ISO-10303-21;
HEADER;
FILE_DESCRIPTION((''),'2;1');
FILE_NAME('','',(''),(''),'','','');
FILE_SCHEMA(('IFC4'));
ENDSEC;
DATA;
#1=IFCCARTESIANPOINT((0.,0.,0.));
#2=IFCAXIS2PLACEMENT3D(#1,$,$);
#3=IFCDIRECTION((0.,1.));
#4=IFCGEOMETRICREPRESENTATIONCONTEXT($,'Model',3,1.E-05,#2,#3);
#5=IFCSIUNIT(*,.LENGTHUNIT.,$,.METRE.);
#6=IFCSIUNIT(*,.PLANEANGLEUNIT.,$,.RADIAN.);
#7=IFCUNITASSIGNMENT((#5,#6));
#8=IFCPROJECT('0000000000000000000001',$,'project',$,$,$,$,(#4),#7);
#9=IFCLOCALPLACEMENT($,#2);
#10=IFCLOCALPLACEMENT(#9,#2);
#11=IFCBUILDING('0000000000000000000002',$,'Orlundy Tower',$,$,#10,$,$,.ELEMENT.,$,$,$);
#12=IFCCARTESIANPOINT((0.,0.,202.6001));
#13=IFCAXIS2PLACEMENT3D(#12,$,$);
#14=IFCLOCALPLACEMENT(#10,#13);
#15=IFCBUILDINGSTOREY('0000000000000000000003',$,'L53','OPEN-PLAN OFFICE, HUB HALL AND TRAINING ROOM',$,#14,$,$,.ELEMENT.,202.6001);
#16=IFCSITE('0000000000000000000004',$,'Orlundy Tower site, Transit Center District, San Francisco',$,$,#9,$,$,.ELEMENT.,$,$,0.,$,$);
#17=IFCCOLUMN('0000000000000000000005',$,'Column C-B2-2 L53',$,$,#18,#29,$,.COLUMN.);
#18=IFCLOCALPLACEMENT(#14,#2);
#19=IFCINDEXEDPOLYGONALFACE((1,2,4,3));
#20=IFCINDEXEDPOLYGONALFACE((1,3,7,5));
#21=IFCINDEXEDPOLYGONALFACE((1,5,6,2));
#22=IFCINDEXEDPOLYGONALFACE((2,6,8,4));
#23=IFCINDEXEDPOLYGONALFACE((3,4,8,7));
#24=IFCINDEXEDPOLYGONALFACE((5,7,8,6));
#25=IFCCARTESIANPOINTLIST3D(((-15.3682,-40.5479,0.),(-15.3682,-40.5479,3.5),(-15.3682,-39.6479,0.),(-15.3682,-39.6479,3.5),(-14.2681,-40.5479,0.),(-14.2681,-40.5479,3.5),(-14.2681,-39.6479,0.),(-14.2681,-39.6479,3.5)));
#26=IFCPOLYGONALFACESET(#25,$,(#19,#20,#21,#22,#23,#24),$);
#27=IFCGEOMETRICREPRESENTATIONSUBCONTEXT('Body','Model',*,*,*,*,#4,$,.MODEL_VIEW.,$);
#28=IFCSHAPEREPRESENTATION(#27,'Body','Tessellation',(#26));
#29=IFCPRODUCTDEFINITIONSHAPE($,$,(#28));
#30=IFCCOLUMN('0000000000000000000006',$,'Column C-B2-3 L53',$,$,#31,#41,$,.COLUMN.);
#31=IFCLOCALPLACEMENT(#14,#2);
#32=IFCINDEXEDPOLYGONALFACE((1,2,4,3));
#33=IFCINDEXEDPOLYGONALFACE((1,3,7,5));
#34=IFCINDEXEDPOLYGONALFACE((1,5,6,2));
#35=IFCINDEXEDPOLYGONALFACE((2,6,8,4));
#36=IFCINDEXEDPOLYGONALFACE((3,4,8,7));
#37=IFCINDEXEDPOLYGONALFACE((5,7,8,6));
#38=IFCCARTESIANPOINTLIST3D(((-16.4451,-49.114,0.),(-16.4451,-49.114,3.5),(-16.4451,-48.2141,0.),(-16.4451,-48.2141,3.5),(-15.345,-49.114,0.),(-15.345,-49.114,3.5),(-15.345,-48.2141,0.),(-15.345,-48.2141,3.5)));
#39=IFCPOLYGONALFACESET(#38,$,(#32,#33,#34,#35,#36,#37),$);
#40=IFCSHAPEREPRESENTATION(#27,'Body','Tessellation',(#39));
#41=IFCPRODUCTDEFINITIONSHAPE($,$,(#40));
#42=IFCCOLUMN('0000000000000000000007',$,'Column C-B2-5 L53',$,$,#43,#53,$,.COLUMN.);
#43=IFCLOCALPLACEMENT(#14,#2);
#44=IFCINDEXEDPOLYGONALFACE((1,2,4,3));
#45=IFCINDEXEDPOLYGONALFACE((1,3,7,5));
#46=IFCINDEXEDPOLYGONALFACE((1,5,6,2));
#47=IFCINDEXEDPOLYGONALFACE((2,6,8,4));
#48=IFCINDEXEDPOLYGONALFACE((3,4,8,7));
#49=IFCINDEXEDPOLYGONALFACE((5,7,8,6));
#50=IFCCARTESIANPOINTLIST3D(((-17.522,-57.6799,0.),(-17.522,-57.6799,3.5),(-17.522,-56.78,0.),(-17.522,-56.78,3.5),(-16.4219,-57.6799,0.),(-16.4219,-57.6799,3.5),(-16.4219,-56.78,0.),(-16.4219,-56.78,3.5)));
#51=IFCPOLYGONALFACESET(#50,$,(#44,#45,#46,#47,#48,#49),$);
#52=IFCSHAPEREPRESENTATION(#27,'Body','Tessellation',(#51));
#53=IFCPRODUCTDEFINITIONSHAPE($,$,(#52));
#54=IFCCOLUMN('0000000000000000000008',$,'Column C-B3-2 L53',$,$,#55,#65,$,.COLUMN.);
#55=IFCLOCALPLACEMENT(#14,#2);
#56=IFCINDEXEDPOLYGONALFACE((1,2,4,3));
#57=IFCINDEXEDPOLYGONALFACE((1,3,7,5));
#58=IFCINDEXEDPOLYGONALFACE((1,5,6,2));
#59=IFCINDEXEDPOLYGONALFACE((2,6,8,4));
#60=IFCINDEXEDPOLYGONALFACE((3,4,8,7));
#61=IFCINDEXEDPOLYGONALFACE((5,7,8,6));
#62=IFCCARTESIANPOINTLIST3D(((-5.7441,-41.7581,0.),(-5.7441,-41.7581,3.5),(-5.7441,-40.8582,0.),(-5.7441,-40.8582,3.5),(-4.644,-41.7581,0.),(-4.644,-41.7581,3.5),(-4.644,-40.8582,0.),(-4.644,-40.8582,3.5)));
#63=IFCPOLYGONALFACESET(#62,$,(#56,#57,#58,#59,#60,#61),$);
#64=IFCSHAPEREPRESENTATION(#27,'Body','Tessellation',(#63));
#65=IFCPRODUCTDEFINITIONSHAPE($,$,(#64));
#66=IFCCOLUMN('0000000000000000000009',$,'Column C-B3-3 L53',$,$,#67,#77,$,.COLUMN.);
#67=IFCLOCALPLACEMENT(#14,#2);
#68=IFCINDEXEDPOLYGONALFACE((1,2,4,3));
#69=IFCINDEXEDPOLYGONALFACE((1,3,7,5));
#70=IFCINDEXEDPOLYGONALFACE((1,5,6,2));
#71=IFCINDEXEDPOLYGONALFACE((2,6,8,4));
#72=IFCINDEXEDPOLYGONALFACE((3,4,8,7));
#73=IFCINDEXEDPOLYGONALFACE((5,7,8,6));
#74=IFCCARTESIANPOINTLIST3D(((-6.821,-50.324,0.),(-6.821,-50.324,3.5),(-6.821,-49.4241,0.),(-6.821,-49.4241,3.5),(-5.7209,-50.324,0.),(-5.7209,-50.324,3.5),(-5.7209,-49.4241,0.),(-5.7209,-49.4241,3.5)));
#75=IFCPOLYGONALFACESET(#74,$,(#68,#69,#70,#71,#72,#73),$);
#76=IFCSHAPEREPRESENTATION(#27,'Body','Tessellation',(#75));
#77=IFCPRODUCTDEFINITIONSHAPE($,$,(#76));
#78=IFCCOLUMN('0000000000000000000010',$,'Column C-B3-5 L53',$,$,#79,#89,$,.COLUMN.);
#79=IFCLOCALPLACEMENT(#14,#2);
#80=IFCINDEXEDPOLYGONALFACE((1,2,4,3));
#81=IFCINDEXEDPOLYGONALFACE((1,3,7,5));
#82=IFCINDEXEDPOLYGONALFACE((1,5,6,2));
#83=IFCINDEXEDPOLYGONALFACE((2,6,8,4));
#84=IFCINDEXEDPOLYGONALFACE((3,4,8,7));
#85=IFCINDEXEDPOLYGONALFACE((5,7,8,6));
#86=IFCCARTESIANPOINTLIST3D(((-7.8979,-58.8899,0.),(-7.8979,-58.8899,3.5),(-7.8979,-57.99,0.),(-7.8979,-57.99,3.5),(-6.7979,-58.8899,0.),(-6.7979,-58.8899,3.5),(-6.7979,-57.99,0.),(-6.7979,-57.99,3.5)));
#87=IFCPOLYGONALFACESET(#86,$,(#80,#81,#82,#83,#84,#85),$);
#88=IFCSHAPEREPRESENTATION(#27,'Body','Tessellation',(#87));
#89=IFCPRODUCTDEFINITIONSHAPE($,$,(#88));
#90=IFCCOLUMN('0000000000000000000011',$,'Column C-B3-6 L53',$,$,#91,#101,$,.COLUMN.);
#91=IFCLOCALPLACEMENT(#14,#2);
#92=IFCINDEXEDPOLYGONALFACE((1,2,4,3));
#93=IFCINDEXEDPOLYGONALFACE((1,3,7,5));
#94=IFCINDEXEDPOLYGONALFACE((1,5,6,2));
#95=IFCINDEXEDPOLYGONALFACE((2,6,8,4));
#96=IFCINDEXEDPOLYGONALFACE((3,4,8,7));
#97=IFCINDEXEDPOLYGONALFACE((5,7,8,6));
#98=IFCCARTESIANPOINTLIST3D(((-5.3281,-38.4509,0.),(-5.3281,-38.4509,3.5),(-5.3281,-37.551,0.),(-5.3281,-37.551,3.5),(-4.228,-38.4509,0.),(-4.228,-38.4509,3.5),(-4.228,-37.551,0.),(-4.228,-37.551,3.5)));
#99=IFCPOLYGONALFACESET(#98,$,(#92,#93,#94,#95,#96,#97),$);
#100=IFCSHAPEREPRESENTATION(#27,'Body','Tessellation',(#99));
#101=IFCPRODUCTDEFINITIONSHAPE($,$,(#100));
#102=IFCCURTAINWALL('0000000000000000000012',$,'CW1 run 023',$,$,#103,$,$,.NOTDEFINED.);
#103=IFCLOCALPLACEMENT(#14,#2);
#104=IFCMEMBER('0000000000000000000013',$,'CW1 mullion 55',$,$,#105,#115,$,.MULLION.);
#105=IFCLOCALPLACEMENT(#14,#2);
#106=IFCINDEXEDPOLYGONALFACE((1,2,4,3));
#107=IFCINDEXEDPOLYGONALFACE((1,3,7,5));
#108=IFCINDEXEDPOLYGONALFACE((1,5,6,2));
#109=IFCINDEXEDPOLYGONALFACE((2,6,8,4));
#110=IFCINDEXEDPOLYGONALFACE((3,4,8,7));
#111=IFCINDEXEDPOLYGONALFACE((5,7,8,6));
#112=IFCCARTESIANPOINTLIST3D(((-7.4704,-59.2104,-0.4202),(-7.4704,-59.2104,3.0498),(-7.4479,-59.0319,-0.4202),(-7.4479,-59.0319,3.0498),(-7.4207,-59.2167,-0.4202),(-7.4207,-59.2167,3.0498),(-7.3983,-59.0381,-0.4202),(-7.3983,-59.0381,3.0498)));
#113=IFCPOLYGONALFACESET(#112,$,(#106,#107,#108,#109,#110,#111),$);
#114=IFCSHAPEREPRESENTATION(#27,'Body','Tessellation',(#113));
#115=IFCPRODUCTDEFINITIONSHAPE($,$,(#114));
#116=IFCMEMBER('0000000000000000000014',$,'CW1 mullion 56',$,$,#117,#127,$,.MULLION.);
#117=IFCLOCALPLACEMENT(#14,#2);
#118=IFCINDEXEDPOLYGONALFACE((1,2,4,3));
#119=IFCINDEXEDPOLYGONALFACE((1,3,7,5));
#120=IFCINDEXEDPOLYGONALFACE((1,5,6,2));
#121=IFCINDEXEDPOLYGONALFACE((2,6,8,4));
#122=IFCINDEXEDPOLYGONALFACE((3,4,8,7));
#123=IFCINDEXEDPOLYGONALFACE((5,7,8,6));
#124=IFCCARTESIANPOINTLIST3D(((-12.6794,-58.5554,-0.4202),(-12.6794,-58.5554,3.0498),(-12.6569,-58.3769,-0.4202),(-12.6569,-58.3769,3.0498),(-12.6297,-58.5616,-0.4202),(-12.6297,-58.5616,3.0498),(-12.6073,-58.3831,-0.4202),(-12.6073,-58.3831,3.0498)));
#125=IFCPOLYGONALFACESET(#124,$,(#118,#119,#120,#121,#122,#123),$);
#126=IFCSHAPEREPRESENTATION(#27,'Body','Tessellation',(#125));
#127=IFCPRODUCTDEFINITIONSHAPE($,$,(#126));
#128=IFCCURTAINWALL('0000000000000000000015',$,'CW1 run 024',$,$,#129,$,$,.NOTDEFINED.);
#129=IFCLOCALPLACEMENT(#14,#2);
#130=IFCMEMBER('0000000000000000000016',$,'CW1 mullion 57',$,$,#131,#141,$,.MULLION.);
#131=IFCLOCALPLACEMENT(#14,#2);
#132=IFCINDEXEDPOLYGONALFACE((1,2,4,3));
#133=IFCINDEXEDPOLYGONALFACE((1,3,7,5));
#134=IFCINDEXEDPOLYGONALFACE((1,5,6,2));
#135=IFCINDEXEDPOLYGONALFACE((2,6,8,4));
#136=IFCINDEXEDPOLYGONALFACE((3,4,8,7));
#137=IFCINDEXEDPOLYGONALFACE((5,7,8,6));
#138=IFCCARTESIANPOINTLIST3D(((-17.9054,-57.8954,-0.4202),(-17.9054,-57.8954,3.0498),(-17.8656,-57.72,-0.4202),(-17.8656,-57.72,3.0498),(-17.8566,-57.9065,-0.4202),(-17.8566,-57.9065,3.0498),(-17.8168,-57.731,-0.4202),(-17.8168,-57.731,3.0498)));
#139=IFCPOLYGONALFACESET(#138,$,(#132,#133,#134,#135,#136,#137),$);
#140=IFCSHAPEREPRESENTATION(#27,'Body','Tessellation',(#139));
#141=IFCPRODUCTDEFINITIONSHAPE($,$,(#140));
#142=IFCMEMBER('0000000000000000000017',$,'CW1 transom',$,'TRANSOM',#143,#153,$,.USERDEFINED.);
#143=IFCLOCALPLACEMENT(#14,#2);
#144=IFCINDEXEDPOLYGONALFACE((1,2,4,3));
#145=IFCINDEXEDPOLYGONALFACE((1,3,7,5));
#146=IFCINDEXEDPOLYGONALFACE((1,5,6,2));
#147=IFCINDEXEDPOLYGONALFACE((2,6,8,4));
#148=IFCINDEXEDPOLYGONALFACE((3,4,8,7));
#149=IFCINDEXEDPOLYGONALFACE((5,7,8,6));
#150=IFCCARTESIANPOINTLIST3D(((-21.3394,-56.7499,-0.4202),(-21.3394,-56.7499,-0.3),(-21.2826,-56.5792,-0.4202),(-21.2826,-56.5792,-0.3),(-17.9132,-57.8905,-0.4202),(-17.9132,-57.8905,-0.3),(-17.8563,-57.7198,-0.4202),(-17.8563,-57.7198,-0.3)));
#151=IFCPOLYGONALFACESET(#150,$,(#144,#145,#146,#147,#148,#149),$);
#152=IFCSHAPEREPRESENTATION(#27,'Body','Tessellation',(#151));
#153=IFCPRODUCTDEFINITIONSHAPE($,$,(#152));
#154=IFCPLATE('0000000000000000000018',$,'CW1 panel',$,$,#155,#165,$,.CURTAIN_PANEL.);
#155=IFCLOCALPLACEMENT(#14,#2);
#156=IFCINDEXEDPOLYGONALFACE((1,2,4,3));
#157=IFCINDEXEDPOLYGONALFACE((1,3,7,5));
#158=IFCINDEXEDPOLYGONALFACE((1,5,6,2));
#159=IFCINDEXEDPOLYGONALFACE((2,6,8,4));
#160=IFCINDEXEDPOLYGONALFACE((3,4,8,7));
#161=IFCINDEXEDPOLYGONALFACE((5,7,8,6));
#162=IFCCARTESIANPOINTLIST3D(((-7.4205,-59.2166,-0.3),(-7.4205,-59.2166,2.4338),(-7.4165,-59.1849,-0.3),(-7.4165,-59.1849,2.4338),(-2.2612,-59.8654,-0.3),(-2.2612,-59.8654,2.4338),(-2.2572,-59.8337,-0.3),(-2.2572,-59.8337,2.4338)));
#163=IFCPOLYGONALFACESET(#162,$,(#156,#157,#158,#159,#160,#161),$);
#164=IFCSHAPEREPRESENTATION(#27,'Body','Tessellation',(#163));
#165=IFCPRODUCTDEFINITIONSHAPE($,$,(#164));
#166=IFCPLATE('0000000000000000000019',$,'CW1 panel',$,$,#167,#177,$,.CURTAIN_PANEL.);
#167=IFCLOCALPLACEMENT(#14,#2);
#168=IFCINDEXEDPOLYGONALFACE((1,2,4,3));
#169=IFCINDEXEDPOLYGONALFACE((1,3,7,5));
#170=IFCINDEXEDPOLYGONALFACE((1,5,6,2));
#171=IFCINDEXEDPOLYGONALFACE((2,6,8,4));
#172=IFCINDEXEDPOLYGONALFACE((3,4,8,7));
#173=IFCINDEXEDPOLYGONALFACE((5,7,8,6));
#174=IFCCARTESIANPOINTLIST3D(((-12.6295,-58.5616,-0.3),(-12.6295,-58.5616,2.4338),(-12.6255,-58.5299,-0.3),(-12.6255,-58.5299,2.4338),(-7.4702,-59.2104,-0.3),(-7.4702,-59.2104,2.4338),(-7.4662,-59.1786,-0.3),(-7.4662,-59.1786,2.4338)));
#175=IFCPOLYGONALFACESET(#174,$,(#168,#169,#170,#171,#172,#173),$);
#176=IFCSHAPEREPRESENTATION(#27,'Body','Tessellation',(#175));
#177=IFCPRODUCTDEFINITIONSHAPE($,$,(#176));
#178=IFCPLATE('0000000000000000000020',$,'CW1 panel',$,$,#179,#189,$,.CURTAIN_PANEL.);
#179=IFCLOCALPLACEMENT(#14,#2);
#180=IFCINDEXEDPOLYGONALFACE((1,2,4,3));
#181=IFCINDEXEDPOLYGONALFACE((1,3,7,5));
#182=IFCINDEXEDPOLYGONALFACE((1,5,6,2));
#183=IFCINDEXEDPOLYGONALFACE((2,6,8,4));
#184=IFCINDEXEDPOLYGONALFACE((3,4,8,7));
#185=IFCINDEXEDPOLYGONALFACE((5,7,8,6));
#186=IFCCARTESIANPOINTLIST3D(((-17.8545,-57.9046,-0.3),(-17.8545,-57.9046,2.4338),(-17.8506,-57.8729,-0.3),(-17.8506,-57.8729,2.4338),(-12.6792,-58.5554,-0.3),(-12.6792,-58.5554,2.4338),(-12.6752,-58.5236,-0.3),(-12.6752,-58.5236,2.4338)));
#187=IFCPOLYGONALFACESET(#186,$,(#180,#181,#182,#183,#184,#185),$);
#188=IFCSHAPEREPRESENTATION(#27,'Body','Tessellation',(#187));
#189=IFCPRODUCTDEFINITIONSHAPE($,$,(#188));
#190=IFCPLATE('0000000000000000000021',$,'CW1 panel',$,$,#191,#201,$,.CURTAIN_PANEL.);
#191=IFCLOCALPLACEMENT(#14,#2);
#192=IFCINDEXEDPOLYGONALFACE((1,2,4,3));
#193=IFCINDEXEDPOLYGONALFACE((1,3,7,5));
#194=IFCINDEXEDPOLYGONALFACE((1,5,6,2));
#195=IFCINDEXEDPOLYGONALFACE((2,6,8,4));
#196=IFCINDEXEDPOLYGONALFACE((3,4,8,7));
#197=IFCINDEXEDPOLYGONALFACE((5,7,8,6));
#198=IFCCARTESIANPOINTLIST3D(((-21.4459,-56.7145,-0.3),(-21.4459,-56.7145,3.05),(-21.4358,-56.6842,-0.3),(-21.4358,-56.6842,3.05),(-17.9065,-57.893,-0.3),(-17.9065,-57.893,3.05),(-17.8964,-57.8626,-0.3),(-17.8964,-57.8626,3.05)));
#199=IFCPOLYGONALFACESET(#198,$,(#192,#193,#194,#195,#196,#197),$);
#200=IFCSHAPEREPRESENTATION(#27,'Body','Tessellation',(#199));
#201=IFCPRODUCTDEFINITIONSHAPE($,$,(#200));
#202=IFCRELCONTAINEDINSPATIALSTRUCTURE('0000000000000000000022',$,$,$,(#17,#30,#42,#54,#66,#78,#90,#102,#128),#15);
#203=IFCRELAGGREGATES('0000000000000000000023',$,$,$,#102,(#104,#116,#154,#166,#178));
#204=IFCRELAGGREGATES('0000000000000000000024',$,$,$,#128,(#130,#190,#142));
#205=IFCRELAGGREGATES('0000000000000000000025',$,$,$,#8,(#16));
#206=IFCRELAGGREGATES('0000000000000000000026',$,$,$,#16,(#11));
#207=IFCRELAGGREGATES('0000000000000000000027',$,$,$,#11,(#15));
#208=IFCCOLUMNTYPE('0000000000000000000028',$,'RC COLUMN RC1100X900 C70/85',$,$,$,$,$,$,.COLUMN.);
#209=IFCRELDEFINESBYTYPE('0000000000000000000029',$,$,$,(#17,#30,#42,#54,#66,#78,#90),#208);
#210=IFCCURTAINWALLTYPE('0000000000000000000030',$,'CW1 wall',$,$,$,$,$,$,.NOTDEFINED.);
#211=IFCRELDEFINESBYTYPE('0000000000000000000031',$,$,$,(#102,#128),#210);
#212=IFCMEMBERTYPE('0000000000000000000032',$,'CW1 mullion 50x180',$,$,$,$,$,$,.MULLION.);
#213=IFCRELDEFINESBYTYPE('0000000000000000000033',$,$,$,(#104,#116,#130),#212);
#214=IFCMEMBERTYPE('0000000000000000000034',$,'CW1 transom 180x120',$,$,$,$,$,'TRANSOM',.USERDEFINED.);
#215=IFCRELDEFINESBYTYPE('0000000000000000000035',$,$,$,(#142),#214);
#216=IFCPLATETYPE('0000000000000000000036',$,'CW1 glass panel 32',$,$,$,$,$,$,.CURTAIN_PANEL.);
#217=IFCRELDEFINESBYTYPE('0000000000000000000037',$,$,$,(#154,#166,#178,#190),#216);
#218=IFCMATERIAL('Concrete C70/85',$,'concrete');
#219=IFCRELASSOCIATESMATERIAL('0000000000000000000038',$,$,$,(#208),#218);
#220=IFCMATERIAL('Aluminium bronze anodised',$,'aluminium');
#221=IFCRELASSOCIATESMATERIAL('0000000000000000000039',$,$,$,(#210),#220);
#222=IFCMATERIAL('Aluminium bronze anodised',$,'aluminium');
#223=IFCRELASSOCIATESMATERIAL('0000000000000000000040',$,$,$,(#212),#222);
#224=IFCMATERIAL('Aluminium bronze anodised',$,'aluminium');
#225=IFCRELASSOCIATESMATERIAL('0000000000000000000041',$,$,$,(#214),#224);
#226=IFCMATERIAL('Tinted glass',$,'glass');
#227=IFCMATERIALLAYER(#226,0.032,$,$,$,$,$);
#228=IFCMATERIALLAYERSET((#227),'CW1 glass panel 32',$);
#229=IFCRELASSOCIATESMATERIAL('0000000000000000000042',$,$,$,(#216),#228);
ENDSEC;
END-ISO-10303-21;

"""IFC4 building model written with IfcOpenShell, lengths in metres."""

from ifc_helpers import new_model, si_unit, direction, frame, origin, origin_2d, place, context, subcontext, project, spatial, rectangle, extrude, material, layer, layer_set, material_profile, profile_set, type_object, element, aggregate, save


model = new_model("IFC4")

# Units and contexts
model_context = context("Model", 3, precision=1e-05, world=origin(), true_north=direction((0.0, 1.0)))
body_context = subcontext(model_context, "Body", "Model", "MODEL_VIEW")
ifc_project = project(units=[si_unit("LENGTHUNIT", "METRE"), si_unit("PLANEANGLEUNIT", "RADIAN")], contexts=[model_context])

# Site, building, storey
site_placement = place(None, origin())
site = spatial("IfcSite", under=ifc_project, at=site_placement, Name="Orlundy Tower site, Transit Center District, San Francisco", CompositionType="ELEMENT", RefElevation=0.0)
building_placement = place(site_placement, origin())
building = spatial("IfcBuilding", under=site, at=building_placement, Name="Orlundy Tower", CompositionType="ELEMENT")
storey_placement = place(building_placement, frame((0.0, 0.0, 202.6001)))
storey = spatial("IfcBuildingStorey", under=building, at=storey_placement, Name="L53", Description="OPEN-PLAN OFFICE, HUB HALL AND TRAINING ROOM", CompositionType="ELEMENT", Elevation=202.6001)

# Columns
ifc_material_1 = material(Name="Concrete C70/85", Category="concrete")
ifc_material_profile_1 = material_profile(ifc_material_1, rectangle(XDim=1.1001, YDim=0.8999, at=origin_2d()), Name="RC1100X900")
ifc_profile_set_1 = profile_set([ifc_material_profile_1], Name="Concrete C70/85")
column_type = type_object("IfcColumnType", Name="RC COLUMN RC1100X900 C70/85", PredefinedType="COLUMN", material=ifc_profile_set_1)
for number, where, z_axis, x_axis, name in (
    (1, (-14.8181, -40.0979, 0.0), (0.0, 0.0, 1.0), (1.0, 0.0, 0.0), "Column C-B2-2 L53"),
    (2, (-15.895, -48.6641, 0.0), (0.0, 0.0, 1.0), (1.0, 0.0, 0.0), "Column C-B2-3 L53"),
    (3, (-16.9719, -57.23, 0.0), (0.0, 0.0, 1.0), (1.0, 0.0, 0.0), "Column C-B2-5 L53"),
    (4, (-5.1941, -41.3081, 0.0), (0.0, 0.0, 1.0), (1.0, 0.0, 0.0), "Column C-B3-2 L53"),
    (5, (-6.271, -49.874, 0.0), (0.0, 0.0, 1.0), (1.0, 0.0, 0.0), "Column C-B3-3 L53"),
    (6, (-7.3479, -58.4399, 0.0), (0.0, 0.0, 1.0), (1.0, 0.0, 0.0), "Column C-B3-5 L53"),
    (7, (-4.7781, -38.001, 0.0), (0.0, 0.0, 1.0), (1.0, 0.0, 0.0), "Column C-B3-6 L53"),
):
    element("IfcColumn", number, at=place(storey_placement, frame(where, z_axis=z_axis, x_axis=x_axis)), inside=storey, type_object=column_type, Name=name, PredefinedType="COLUMN", context=body_context, shape_type="SweptSolid", body=[
        extrude(rectangle(XDim=1.1001, YDim=0.8999, at=origin_2d()), origin(), (0.0, 0.0, 1.0), 3.5),
    ])

# Curtain walls, members
ifc_material_2 = material(Name="Aluminium bronze anodised", Category="aluminium")
curtain_wall_type = type_object("IfcCurtainWallType", Name="CW1 wall", PredefinedType="NOTDEFINED", material=ifc_material_2)
curtain_wall_1_placement = place(storey_placement, origin())
curtain_wall_1 = element("IfcCurtainWall", 8, at=curtain_wall_1_placement, inside=storey, type_object=curtain_wall_type, Name="CW1 run 023", PredefinedType="NOTDEFINED")
ifc_material_3 = material(Name="Aluminium bronze anodised", Category="aluminium")
ifc_material_profile_2 = material_profile(ifc_material_3, rectangle(XDim=0.1799, YDim=0.05, at=origin_2d()), Name="CW1 mullion 50x180")
ifc_profile_set_2 = profile_set([ifc_material_profile_2], Name="Aluminium bronze anodised")
member_type_1 = type_object("IfcMemberType", Name="CW1 mullion 50x180", PredefinedType="MULLION", material=ifc_profile_set_2)
member_1_placement = place(storey_placement, frame((-7.4343, -59.1243, -0.4202), z_axis=(0.0, 0.0, 1.0), x_axis=(-0.124761, -0.992187, 0.0)))
member_1 = element("IfcMember", 9, at=member_1_placement, type_object=member_type_1, Name="CW1 mullion 55", PredefinedType="MULLION", context=body_context, shape_type="SweptSolid", body=[
    extrude(rectangle(XDim=0.1799, YDim=0.05, at=origin_2d()), origin(), (0.0, 0.0, 1.0), 3.47),
])
member_2_placement = place(storey_placement, frame((-12.6433, -58.4692, -0.4202), z_axis=(0.0, 0.0, 1.0), x_axis=(-0.124761, -0.992187, 0.0)))
member_2 = element("IfcMember", 10, at=member_2_placement, type_object=member_type_1, Name="CW1 mullion 56", PredefinedType="MULLION", context=body_context, shape_type="SweptSolid", body=[
    extrude(rectangle(XDim=0.1799, YDim=0.05, at=origin_2d()), origin(), (0.0, 0.0, 1.0), 3.47),
])
curtain_wall_2_placement = place(storey_placement, origin())
curtain_wall_2 = element("IfcCurtainWall", 11, at=curtain_wall_2_placement, inside=storey, type_object=curtain_wall_type, Name="CW1 run 024", PredefinedType="NOTDEFINED")
member_3_placement = place(storey_placement, frame((-17.8611, -57.8132, -0.4202), z_axis=(0.0, 0.0, 1.0), x_axis=(-0.221399, -0.975183, 0.0)))
member_3 = element("IfcMember", 12, at=member_3_placement, type_object=member_type_1, Name="CW1 mullion 57", PredefinedType="MULLION", context=body_context, shape_type="SweptSolid", body=[
    extrude(rectangle(XDim=0.1799, YDim=0.05, at=origin_2d()), origin(), (0.0, 0.0, 1.0), 3.47),
])
ifc_material_4 = material(Name="Aluminium bronze anodised", Category="aluminium")
ifc_material_profile_3 = material_profile(ifc_material_4, rectangle(XDim=0.1799, YDim=0.1201, at=origin_2d()), Name="CW1 transom 180x120")
ifc_profile_set_3 = profile_set([ifc_material_profile_3], Name="Aluminium bronze anodised")
member_type_2 = type_object("IfcMemberType", Name="CW1 transom 180x120", ElementType="TRANSOM", PredefinedType="USERDEFINED", material=ifc_profile_set_3)
member_4_placement = place(storey_placement, frame((-17.8848, -57.8052, -0.3601), z_axis=(-0.948805, 0.315863, 0.0), x_axis=(-0.315863, -0.948805, 0.0)))
member_4 = element("IfcMember", 13, at=member_4_placement, type_object=member_type_2, Name="CW1 transom", ObjectType="TRANSOM", PredefinedType="USERDEFINED", context=body_context, shape_type="SweptSolid", body=[
    extrude(rectangle(XDim=0.1799, YDim=0.1201, at=origin_2d()), origin(), (0.0, 0.0, 1.0), 3.6111),
])

# Plates
ifc_material_5 = material(Name="Tinted glass", Category="glass")
ifc_layer_1 = layer(ifc_material_5, 0.032)
ifc_layer_set_1 = layer_set([ifc_layer_1], Name="CW1 glass panel 32")
plate_type = type_object("IfcPlateType", Name="CW1 glass panel 32", PredefinedType="CURTAIN_PANEL", material=ifc_layer_set_1)
plate_1_placement = place(storey_placement, frame((-4.8389, -59.5251, -0.3), z_axis=(0.0, 0.0, 1.0), x_axis=(-0.992187, 0.124761, 0.0)))
plate_1 = element("IfcPlate", 14, at=plate_1_placement, type_object=plate_type, Name="CW1 panel", PredefinedType="CURTAIN_PANEL", context=body_context, shape_type="SweptSolid", body=[
    extrude(rectangle(XDim=5.2, YDim=0.032, at=origin_2d()), origin(), (0.0, 0.0, 1.0), 2.7339),
])
plate_2_placement = place(storey_placement, frame((-10.0479, -58.8701, -0.3), z_axis=(0.0, 0.0, 1.0), x_axis=(-0.992187, 0.124761, 0.0)))
plate_2 = element("IfcPlate", 15, at=plate_2_placement, type_object=plate_type, Name="CW1 panel", PredefinedType="CURTAIN_PANEL", context=body_context, shape_type="SweptSolid", body=[
    extrude(rectangle(XDim=5.2, YDim=0.032, at=origin_2d()), origin(), (0.0, 0.0, 1.0), 2.7339),
])
plate_3_placement = place(storey_placement, frame((-15.2649, -58.2141, -0.3), z_axis=(0.0, 0.0, 1.0), x_axis=(-0.992187, 0.124761, 0.0)))
plate_3 = element("IfcPlate", 16, at=plate_3_placement, type_object=plate_type, Name="CW1 panel", PredefinedType="CURTAIN_PANEL", context=body_context, shape_type="SweptSolid", body=[
    extrude(rectangle(XDim=5.2161, YDim=0.032, at=origin_2d()), origin(), (0.0, 0.0, 1.0), 2.7339),
])
aggregate(curtain_wall_1, [member_1, member_2, plate_1, plate_2, plate_3])
plate_4_placement = place(storey_placement, frame((-19.6711, -57.2886, -0.3), z_axis=(0.0, 0.0, 1.0), x_axis=(-0.948791, 0.315904, 0.0)))
plate_4 = element("IfcPlate", 17, at=plate_4_placement, type_object=plate_type, Name="CW1 panel", PredefinedType="CURTAIN_PANEL", context=body_context, shape_type="SweptSolid", body=[
    extrude(rectangle(XDim=3.7305, YDim=0.032, at=origin_2d()), origin(), (0.0, 0.0, 1.0), 3.3501),
])
aggregate(curtain_wall_2, [member_3, plate_4, member_4])

save(model, "model.ifc")
